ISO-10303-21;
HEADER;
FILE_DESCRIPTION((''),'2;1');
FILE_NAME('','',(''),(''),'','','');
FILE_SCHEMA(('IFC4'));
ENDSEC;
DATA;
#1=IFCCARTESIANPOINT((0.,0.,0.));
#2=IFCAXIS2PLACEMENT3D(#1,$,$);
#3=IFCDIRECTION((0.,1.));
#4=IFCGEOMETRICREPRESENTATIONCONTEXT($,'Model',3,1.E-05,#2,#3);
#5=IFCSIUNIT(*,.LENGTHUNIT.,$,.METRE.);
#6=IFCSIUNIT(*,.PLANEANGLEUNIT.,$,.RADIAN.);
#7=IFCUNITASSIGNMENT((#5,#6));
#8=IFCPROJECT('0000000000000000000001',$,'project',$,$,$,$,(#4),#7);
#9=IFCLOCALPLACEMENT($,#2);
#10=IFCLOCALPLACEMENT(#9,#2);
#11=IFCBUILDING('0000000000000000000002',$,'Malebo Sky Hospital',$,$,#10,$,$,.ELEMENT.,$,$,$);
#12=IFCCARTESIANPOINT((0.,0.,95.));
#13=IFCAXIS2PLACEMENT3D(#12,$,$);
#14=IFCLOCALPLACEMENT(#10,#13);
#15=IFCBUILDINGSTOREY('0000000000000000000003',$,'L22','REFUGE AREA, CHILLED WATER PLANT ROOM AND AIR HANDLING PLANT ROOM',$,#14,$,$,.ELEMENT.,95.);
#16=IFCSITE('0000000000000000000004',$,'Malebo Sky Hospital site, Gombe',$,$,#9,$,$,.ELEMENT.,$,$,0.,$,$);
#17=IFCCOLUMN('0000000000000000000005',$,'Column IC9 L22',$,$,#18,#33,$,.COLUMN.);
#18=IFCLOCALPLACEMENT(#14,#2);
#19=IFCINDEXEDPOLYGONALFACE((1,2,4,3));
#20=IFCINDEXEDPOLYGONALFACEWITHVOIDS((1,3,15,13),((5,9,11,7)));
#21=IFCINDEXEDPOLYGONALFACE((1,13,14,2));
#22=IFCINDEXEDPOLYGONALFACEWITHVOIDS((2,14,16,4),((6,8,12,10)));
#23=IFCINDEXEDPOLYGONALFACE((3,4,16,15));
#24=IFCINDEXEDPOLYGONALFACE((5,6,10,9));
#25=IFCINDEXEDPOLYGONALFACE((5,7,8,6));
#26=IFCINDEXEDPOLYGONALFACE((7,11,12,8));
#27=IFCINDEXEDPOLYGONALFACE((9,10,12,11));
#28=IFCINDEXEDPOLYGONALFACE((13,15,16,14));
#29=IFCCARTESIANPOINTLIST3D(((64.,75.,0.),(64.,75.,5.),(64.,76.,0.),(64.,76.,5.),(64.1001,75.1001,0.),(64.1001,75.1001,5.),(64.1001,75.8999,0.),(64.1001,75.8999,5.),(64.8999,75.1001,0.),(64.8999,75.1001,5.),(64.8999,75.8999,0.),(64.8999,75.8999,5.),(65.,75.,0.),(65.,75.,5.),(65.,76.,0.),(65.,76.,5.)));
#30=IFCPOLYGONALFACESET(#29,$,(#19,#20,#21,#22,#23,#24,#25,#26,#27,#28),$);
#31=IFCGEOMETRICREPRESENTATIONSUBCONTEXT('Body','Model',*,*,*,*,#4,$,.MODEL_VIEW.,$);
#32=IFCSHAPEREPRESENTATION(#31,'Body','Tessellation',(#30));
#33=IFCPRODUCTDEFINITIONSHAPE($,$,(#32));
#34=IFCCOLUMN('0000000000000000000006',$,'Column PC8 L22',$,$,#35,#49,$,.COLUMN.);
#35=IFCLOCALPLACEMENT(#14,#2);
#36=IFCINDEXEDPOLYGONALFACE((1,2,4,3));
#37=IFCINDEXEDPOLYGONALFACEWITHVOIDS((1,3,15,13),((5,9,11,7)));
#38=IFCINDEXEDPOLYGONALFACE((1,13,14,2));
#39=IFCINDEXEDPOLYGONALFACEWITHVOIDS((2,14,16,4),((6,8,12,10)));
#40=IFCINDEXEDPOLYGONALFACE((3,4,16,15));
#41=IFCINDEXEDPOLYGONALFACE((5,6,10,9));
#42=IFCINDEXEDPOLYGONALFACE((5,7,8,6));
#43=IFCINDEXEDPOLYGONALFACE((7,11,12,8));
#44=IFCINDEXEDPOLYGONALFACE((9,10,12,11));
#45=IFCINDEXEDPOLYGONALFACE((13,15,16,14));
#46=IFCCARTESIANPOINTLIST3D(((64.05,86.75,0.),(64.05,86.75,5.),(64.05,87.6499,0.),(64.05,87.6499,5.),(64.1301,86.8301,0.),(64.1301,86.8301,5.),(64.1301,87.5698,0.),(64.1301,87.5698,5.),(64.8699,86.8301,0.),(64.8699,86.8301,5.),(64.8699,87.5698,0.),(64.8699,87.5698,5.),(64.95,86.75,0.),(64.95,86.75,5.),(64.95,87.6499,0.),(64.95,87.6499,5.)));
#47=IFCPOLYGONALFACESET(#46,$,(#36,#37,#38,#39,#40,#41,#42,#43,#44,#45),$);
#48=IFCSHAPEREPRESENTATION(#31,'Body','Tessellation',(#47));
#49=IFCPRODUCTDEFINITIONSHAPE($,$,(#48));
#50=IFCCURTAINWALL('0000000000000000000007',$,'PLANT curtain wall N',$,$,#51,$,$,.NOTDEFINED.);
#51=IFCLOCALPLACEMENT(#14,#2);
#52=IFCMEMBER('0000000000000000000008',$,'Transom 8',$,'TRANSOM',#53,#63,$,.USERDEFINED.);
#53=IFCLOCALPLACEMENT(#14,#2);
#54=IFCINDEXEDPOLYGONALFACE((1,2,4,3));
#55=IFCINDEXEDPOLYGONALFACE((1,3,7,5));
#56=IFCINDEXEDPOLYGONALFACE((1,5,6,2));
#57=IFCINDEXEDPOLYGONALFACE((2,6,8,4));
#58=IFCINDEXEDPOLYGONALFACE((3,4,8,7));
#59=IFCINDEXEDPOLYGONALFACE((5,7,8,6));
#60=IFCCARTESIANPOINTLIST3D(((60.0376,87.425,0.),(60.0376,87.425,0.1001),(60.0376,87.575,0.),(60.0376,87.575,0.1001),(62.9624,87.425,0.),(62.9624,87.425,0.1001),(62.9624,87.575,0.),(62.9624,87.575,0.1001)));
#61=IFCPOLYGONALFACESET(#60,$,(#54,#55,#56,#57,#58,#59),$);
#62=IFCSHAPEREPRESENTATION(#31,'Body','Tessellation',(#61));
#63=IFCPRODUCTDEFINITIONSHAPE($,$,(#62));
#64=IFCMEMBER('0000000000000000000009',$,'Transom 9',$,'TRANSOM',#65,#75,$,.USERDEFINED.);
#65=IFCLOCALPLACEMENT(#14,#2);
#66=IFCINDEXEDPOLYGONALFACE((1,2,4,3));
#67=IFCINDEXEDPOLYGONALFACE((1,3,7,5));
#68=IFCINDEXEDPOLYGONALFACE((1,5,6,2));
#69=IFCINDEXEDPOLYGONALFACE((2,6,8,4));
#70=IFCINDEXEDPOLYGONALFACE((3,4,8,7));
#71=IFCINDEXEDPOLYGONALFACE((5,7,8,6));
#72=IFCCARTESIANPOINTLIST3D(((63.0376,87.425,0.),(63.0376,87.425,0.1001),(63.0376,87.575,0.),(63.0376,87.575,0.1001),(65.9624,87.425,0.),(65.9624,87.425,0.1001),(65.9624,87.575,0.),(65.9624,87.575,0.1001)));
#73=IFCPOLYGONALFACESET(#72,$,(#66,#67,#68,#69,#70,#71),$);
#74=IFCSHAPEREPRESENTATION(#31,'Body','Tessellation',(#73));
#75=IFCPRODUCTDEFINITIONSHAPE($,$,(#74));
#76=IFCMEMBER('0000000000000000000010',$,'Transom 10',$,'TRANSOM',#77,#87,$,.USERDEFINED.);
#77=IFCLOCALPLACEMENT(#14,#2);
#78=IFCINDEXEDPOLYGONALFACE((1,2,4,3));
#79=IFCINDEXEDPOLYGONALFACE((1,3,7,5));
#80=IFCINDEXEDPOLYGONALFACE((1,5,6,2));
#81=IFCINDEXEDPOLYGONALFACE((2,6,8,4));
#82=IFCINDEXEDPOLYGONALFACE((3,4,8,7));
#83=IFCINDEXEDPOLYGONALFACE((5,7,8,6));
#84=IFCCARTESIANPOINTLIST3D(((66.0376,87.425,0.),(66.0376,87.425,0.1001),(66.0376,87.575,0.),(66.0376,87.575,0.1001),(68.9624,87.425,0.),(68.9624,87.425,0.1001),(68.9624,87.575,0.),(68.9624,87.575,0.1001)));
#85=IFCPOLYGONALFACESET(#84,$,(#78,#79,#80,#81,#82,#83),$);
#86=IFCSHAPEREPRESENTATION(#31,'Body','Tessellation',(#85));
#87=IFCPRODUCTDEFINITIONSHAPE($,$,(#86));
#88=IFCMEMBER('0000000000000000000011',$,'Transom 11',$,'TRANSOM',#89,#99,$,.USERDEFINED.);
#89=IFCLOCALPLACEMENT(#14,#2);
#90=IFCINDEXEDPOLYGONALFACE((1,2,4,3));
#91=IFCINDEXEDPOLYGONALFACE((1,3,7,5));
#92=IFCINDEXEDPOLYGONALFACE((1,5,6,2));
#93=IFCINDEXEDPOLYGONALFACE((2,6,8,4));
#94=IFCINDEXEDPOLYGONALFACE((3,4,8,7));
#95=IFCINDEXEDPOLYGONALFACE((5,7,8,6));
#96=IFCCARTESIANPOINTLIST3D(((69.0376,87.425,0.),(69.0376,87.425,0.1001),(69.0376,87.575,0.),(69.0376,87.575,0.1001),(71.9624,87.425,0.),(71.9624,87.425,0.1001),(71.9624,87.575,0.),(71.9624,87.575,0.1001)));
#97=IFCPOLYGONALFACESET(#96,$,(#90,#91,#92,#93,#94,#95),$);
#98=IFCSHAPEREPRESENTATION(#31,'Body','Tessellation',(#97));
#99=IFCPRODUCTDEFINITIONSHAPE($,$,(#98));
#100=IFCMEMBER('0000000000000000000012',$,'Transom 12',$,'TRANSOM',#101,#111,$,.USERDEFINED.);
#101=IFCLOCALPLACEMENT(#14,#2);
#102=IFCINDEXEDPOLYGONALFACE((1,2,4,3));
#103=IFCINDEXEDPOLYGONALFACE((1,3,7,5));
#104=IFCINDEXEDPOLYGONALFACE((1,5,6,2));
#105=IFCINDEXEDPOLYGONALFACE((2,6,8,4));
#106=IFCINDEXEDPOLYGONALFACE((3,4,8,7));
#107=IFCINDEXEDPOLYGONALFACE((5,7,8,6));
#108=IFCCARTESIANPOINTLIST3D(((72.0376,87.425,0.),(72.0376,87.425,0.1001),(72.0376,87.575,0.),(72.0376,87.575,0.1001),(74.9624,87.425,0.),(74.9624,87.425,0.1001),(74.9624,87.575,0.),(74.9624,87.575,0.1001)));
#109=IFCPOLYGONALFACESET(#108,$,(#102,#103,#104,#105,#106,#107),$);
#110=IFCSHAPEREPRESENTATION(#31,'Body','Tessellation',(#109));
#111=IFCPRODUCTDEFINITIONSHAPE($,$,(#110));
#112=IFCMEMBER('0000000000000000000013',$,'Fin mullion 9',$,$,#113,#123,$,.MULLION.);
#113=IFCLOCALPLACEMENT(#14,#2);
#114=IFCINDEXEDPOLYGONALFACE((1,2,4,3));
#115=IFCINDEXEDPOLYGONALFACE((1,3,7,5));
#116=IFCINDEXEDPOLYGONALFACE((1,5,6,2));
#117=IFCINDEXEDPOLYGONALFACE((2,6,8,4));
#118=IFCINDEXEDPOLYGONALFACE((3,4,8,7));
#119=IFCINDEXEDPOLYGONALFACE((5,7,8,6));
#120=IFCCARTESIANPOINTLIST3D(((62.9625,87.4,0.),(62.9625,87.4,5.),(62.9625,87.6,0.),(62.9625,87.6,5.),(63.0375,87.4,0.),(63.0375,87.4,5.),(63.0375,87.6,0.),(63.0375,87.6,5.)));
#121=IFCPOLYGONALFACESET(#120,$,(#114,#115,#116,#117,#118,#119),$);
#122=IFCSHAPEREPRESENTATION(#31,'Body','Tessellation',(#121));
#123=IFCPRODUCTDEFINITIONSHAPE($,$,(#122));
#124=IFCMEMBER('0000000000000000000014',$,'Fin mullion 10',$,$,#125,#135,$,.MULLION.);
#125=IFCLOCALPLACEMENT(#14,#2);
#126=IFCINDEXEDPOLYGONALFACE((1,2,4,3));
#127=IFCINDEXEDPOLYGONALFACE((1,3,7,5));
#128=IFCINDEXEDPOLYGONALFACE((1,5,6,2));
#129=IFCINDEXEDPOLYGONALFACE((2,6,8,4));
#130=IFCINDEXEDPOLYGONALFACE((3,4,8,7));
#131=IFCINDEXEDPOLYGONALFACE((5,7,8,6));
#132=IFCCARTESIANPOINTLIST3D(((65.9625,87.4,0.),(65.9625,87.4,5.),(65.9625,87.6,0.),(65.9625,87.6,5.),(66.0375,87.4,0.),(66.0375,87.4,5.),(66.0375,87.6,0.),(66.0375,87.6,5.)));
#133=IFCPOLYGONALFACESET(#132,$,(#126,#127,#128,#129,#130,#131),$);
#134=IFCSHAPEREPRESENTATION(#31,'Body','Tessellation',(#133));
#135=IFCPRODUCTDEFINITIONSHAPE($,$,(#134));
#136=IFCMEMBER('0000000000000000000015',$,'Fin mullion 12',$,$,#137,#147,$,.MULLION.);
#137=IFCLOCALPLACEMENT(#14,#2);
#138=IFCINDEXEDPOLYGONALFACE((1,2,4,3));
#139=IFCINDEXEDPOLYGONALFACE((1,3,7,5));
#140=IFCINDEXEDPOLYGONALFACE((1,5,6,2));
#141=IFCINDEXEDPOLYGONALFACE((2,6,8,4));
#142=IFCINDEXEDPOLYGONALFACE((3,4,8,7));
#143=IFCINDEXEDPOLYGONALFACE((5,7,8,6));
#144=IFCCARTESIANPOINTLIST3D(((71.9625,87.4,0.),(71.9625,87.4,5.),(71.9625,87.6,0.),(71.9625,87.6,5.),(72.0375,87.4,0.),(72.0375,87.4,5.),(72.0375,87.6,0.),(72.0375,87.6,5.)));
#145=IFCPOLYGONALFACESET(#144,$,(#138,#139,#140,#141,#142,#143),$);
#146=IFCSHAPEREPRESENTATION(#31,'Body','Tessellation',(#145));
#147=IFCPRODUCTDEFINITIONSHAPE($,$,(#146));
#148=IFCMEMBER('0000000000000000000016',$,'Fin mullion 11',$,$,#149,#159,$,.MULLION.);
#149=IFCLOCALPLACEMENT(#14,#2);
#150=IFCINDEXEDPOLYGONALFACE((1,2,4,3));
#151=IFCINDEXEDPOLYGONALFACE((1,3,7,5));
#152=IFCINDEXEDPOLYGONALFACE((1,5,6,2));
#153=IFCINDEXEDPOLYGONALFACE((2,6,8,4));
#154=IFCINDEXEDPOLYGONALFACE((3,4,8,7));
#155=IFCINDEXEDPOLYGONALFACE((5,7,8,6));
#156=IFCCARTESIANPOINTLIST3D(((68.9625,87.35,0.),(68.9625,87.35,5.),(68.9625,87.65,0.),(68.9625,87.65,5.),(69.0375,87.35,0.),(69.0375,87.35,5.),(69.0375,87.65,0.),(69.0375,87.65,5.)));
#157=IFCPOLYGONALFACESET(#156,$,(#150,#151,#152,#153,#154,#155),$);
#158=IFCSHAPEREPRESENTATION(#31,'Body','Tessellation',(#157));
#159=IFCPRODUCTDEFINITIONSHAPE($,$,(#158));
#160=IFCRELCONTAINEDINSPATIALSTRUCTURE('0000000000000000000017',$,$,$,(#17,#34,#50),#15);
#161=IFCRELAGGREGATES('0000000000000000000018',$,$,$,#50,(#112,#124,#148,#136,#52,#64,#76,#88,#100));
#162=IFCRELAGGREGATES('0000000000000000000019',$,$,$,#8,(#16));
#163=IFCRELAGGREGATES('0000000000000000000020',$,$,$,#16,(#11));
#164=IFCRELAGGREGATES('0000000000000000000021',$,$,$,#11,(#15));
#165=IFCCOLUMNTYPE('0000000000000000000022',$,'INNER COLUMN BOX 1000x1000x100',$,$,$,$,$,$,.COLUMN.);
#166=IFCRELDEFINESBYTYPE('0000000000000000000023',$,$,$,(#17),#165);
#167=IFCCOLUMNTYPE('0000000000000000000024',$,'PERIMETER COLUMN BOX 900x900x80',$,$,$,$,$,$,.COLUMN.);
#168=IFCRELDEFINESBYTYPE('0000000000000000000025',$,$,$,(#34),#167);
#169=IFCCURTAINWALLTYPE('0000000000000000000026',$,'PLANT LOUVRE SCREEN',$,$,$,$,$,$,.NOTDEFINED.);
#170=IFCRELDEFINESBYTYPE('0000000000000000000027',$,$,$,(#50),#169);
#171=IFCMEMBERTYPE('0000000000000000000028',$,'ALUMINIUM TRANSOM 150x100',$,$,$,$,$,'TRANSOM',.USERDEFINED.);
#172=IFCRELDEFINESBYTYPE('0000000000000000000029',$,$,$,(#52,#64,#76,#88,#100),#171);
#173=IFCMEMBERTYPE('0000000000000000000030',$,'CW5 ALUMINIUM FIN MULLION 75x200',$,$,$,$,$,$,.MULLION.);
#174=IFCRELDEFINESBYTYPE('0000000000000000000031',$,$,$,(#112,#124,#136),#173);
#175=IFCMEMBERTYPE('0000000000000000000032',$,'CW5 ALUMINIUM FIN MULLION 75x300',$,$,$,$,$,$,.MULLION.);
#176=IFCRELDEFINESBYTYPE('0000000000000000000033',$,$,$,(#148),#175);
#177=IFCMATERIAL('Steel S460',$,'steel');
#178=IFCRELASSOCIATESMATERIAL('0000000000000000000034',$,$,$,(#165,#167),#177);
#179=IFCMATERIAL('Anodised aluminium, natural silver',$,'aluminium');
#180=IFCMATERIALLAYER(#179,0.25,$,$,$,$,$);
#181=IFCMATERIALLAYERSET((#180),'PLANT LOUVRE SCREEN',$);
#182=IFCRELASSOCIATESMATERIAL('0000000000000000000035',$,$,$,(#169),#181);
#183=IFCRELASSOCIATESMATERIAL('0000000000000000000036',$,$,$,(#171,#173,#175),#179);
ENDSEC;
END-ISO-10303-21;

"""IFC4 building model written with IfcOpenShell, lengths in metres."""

from ifc_helpers import new_model, si_unit, direction, frame, origin, origin_2d, place, context, subcontext, project, spatial, rectangle, hollow_rectangle, extrude, material, layer, layer_set, material_profile, profile_set, type_object, element, aggregate, save


model = new_model("IFC4")

# Units and contexts
model_context = context("Model", 3, precision=1e-05, world=origin(), true_north=direction((0.0, 1.0)))
body_context = subcontext(model_context, "Body", "Model", "MODEL_VIEW")
ifc_project = project(units=[si_unit("LENGTHUNIT", "METRE"), si_unit("PLANEANGLEUNIT", "RADIAN")], contexts=[model_context])

# Site, building, storey
site_placement = place(None, origin())
site = spatial("IfcSite", under=ifc_project, at=site_placement, Name="Malebo Sky Hospital site, Gombe", CompositionType="ELEMENT", RefElevation=0.0)
building_placement = place(site_placement, origin())
building = spatial("IfcBuilding", under=site, at=building_placement, Name="Malebo Sky Hospital", CompositionType="ELEMENT")
storey_placement = place(building_placement, frame((0.0, 0.0, 95.0)))
storey = spatial("IfcBuildingStorey", under=building, at=storey_placement, Name="L22", Description="REFUGE AREA, CHILLED WATER PLANT ROOM AND AIR HANDLING PLANT ROOM", CompositionType="ELEMENT", Elevation=95.0)

# Columns
ifc_material_1 = material(Name="Steel S460", Category="steel")
ifc_material_profile_1 = material_profile(ifc_material_1, hollow_rectangle(XDim=1.0, YDim=1.0, WallThickness=0.1001, at=origin_2d()), Name="BOX 1000x1000x100")
ifc_profile_set_1 = profile_set([ifc_material_profile_1], Name="Steel S460")
column_type_1 = type_object("IfcColumnType", Name="INNER COLUMN BOX 1000x1000x100", PredefinedType="COLUMN", material=ifc_profile_set_1)
column_1_placement = place(storey_placement, frame((64.5, 75.5, 0.0), z_axis=(0.0, 0.0, 1.0), x_axis=(1.0, 0.0, 0.0)))
element("IfcColumn", 1, at=column_1_placement, inside=storey, type_object=column_type_1, Name="Column IC9 L22", PredefinedType="COLUMN", context=body_context, shape_type="SweptSolid", body=[
    extrude(hollow_rectangle(XDim=1.0, YDim=1.0, WallThickness=0.1001, at=origin_2d()), origin(), (0.0, 0.0, 1.0), 5.0),
])
ifc_material_profile_2 = material_profile(ifc_material_1, hollow_rectangle(XDim=0.8999, YDim=0.8999, WallThickness=0.0801, at=origin_2d()), Name="BOX 900x900x80")
ifc_profile_set_2 = profile_set([ifc_material_profile_2], Name="Steel S460")
column_type_2 = type_object("IfcColumnType", Name="PERIMETER COLUMN BOX 900x900x80", PredefinedType="COLUMN", material=ifc_profile_set_2)
column_2_placement = place(storey_placement, frame((64.5, 87.2, 0.0), z_axis=(0.0, 0.0, 1.0), x_axis=(1.0, 0.0, 0.0)))
element("IfcColumn", 2, at=column_2_placement, inside=storey, type_object=column_type_2, Name="Column PC8 L22", PredefinedType="COLUMN", context=body_context, shape_type="SweptSolid", body=[
    extrude(hollow_rectangle(XDim=0.8999, YDim=0.8999, WallThickness=0.0801, at=origin_2d()), origin(), (0.0, 0.0, 1.0), 5.0),
])

# Curtain wall, members
ifc_material_2 = material(Name="Anodised aluminium, natural silver", Category="aluminium")
ifc_layer_1 = layer(ifc_material_2, 0.25)
ifc_layer_set_1 = layer_set([ifc_layer_1], Name="PLANT LOUVRE SCREEN")
curtain_wall_type = type_object("IfcCurtainWallType", Name="PLANT LOUVRE SCREEN", PredefinedType="NOTDEFINED", material=ifc_layer_set_1)
curtain_wall_placement = place(storey_placement, origin())
curtain_wall = element("IfcCurtainWall", 3, at=curtain_wall_placement, inside=storey, type_object=curtain_wall_type, Name="PLANT curtain wall N", PredefinedType="NOTDEFINED")
ifc_material_profile_3 = material_profile(ifc_material_2, rectangle(XDim=0.1499, YDim=0.1001, at=origin_2d()), Name="ALUMINIUM TRANSOM 150x100")
ifc_profile_set_3 = profile_set([ifc_material_profile_3], Name="Anodised aluminium, natural silver")
member_type_1 = type_object("IfcMemberType", Name="ALUMINIUM TRANSOM 150x100", ElementType="TRANSOM", PredefinedType="USERDEFINED", material=ifc_profile_set_3)
member_1_placement = place(storey_placement, frame((60.0376, 87.5, 0.05), z_axis=(1.0, 0.0, 0.0), x_axis=(0.0, 1.0, 0.0)))
member_1 = element("IfcMember", 4, at=member_1_placement, type_object=member_type_1, Name="Transom 8", ObjectType="TRANSOM", PredefinedType="USERDEFINED", context=body_context, shape_type="SweptSolid", body=[
    extrude(rectangle(XDim=0.1499, YDim=0.1001, at=origin_2d()), origin(), (0.0, 0.0, 1.0), 2.9248),
])
member_2_placement = place(storey_placement, frame((63.0376, 87.5, 0.05), z_axis=(1.0, 0.0, 0.0), x_axis=(0.0, 1.0, 0.0)))
member_2 = element("IfcMember", 5, at=member_2_placement, type_object=member_type_1, Name="Transom 9", ObjectType="TRANSOM", PredefinedType="USERDEFINED", context=body_context, shape_type="SweptSolid", body=[
    extrude(rectangle(XDim=0.1499, YDim=0.1001, at=origin_2d()), origin(), (0.0, 0.0, 1.0), 2.9248),
])
member_3_placement = place(storey_placement, frame((66.0376, 87.5, 0.05), z_axis=(1.0, 0.0, 0.0), x_axis=(0.0, 1.0, 0.0)))
member_3 = element("IfcMember", 6, at=member_3_placement, type_object=member_type_1, Name="Transom 10", ObjectType="TRANSOM", PredefinedType="USERDEFINED", context=body_context, shape_type="SweptSolid", body=[
    extrude(rectangle(XDim=0.1499, YDim=0.1001, at=origin_2d()), origin(), (0.0, 0.0, 1.0), 2.9248),
])
member_4_placement = place(storey_placement, frame((69.0376, 87.5, 0.05), z_axis=(1.0, 0.0, 0.0), x_axis=(0.0, 1.0, 0.0)))
member_4 = element("IfcMember", 7, at=member_4_placement, type_object=member_type_1, Name="Transom 11", ObjectType="TRANSOM", PredefinedType="USERDEFINED", context=body_context, shape_type="SweptSolid", body=[
    extrude(rectangle(XDim=0.1499, YDim=0.1001, at=origin_2d()), origin(), (0.0, 0.0, 1.0), 2.9248),
])
member_5_placement = place(storey_placement, frame((72.0376, 87.5, 0.05), z_axis=(1.0, 0.0, 0.0), x_axis=(0.0, 1.0, 0.0)))
member_5 = element("IfcMember", 8, at=member_5_placement, type_object=member_type_1, Name="Transom 12", ObjectType="TRANSOM", PredefinedType="USERDEFINED", context=body_context, shape_type="SweptSolid", body=[
    extrude(rectangle(XDim=0.1499, YDim=0.1001, at=origin_2d()), origin(), (0.0, 0.0, 1.0), 2.9248),
])
ifc_material_profile_4 = material_profile(ifc_material_2, rectangle(XDim=0.075, YDim=0.2, at=origin_2d()), Name="CW5 ALUMINIUM FIN MULLION 75x200")
ifc_profile_set_4 = profile_set([ifc_material_profile_4], Name="Anodised aluminium, natural silver")
member_type_2 = type_object("IfcMemberType", Name="CW5 ALUMINIUM FIN MULLION 75x200", PredefinedType="MULLION", material=ifc_profile_set_4)
member_6_placement = place(storey_placement, frame((63.0, 87.5, 0.0), z_axis=(0.0, 0.0, 1.0), x_axis=(1.0, 0.0, 0.0)))
member_6 = element("IfcMember", 9, at=member_6_placement, type_object=member_type_2, Name="Fin mullion 9", PredefinedType="MULLION", context=body_context, shape_type="SweptSolid", body=[
    extrude(rectangle(XDim=0.075, YDim=0.2, at=origin_2d()), origin(), (0.0, 0.0, 1.0), 5.0),
])
member_7_placement = place(storey_placement, frame((66.0, 87.5, 0.0), z_axis=(0.0, 0.0, 1.0), x_axis=(1.0, 0.0, 0.0)))
member_7 = element("IfcMember", 10, at=member_7_placement, type_object=member_type_2, Name="Fin mullion 10", PredefinedType="MULLION", context=body_context, shape_type="SweptSolid", body=[
    extrude(rectangle(XDim=0.075, YDim=0.2, at=origin_2d()), origin(), (0.0, 0.0, 1.0), 5.0),
])
member_8_placement = place(storey_placement, frame((72.0, 87.5, 0.0), z_axis=(0.0, 0.0, 1.0), x_axis=(1.0, 0.0, 0.0)))
member_8 = element("IfcMember", 11, at=member_8_placement, type_object=member_type_2, Name="Fin mullion 12", PredefinedType="MULLION", context=body_context, shape_type="SweptSolid", body=[
    extrude(rectangle(XDim=0.075, YDim=0.2, at=origin_2d()), origin(), (0.0, 0.0, 1.0), 5.0),
])
ifc_material_profile_5 = material_profile(ifc_material_2, rectangle(XDim=0.075, YDim=0.3, at=origin_2d()), Name="CW5 ALUMINIUM FIN MULLION 75x300")
ifc_profile_set_5 = profile_set([ifc_material_profile_5], Name="Anodised aluminium, natural silver")
member_type_3 = type_object("IfcMemberType", Name="CW5 ALUMINIUM FIN MULLION 75x300", PredefinedType="MULLION", material=ifc_profile_set_5)
member_9_placement = place(storey_placement, frame((69.0, 87.5, 0.0), z_axis=(0.0, 0.0, 1.0), x_axis=(1.0, 0.0, 0.0)))
member_9 = element("IfcMember", 12, at=member_9_placement, type_object=member_type_3, Name="Fin mullion 11", PredefinedType="MULLION", context=body_context, shape_type="SweptSolid", body=[
    extrude(rectangle(XDim=0.075, YDim=0.3, at=origin_2d()), origin(), (0.0, 0.0, 1.0), 5.0),
])
aggregate(curtain_wall, [member_6, member_7, member_9, member_8, member_1, member_2, member_3, member_4, member_5])

save(model, "model.ifc")
